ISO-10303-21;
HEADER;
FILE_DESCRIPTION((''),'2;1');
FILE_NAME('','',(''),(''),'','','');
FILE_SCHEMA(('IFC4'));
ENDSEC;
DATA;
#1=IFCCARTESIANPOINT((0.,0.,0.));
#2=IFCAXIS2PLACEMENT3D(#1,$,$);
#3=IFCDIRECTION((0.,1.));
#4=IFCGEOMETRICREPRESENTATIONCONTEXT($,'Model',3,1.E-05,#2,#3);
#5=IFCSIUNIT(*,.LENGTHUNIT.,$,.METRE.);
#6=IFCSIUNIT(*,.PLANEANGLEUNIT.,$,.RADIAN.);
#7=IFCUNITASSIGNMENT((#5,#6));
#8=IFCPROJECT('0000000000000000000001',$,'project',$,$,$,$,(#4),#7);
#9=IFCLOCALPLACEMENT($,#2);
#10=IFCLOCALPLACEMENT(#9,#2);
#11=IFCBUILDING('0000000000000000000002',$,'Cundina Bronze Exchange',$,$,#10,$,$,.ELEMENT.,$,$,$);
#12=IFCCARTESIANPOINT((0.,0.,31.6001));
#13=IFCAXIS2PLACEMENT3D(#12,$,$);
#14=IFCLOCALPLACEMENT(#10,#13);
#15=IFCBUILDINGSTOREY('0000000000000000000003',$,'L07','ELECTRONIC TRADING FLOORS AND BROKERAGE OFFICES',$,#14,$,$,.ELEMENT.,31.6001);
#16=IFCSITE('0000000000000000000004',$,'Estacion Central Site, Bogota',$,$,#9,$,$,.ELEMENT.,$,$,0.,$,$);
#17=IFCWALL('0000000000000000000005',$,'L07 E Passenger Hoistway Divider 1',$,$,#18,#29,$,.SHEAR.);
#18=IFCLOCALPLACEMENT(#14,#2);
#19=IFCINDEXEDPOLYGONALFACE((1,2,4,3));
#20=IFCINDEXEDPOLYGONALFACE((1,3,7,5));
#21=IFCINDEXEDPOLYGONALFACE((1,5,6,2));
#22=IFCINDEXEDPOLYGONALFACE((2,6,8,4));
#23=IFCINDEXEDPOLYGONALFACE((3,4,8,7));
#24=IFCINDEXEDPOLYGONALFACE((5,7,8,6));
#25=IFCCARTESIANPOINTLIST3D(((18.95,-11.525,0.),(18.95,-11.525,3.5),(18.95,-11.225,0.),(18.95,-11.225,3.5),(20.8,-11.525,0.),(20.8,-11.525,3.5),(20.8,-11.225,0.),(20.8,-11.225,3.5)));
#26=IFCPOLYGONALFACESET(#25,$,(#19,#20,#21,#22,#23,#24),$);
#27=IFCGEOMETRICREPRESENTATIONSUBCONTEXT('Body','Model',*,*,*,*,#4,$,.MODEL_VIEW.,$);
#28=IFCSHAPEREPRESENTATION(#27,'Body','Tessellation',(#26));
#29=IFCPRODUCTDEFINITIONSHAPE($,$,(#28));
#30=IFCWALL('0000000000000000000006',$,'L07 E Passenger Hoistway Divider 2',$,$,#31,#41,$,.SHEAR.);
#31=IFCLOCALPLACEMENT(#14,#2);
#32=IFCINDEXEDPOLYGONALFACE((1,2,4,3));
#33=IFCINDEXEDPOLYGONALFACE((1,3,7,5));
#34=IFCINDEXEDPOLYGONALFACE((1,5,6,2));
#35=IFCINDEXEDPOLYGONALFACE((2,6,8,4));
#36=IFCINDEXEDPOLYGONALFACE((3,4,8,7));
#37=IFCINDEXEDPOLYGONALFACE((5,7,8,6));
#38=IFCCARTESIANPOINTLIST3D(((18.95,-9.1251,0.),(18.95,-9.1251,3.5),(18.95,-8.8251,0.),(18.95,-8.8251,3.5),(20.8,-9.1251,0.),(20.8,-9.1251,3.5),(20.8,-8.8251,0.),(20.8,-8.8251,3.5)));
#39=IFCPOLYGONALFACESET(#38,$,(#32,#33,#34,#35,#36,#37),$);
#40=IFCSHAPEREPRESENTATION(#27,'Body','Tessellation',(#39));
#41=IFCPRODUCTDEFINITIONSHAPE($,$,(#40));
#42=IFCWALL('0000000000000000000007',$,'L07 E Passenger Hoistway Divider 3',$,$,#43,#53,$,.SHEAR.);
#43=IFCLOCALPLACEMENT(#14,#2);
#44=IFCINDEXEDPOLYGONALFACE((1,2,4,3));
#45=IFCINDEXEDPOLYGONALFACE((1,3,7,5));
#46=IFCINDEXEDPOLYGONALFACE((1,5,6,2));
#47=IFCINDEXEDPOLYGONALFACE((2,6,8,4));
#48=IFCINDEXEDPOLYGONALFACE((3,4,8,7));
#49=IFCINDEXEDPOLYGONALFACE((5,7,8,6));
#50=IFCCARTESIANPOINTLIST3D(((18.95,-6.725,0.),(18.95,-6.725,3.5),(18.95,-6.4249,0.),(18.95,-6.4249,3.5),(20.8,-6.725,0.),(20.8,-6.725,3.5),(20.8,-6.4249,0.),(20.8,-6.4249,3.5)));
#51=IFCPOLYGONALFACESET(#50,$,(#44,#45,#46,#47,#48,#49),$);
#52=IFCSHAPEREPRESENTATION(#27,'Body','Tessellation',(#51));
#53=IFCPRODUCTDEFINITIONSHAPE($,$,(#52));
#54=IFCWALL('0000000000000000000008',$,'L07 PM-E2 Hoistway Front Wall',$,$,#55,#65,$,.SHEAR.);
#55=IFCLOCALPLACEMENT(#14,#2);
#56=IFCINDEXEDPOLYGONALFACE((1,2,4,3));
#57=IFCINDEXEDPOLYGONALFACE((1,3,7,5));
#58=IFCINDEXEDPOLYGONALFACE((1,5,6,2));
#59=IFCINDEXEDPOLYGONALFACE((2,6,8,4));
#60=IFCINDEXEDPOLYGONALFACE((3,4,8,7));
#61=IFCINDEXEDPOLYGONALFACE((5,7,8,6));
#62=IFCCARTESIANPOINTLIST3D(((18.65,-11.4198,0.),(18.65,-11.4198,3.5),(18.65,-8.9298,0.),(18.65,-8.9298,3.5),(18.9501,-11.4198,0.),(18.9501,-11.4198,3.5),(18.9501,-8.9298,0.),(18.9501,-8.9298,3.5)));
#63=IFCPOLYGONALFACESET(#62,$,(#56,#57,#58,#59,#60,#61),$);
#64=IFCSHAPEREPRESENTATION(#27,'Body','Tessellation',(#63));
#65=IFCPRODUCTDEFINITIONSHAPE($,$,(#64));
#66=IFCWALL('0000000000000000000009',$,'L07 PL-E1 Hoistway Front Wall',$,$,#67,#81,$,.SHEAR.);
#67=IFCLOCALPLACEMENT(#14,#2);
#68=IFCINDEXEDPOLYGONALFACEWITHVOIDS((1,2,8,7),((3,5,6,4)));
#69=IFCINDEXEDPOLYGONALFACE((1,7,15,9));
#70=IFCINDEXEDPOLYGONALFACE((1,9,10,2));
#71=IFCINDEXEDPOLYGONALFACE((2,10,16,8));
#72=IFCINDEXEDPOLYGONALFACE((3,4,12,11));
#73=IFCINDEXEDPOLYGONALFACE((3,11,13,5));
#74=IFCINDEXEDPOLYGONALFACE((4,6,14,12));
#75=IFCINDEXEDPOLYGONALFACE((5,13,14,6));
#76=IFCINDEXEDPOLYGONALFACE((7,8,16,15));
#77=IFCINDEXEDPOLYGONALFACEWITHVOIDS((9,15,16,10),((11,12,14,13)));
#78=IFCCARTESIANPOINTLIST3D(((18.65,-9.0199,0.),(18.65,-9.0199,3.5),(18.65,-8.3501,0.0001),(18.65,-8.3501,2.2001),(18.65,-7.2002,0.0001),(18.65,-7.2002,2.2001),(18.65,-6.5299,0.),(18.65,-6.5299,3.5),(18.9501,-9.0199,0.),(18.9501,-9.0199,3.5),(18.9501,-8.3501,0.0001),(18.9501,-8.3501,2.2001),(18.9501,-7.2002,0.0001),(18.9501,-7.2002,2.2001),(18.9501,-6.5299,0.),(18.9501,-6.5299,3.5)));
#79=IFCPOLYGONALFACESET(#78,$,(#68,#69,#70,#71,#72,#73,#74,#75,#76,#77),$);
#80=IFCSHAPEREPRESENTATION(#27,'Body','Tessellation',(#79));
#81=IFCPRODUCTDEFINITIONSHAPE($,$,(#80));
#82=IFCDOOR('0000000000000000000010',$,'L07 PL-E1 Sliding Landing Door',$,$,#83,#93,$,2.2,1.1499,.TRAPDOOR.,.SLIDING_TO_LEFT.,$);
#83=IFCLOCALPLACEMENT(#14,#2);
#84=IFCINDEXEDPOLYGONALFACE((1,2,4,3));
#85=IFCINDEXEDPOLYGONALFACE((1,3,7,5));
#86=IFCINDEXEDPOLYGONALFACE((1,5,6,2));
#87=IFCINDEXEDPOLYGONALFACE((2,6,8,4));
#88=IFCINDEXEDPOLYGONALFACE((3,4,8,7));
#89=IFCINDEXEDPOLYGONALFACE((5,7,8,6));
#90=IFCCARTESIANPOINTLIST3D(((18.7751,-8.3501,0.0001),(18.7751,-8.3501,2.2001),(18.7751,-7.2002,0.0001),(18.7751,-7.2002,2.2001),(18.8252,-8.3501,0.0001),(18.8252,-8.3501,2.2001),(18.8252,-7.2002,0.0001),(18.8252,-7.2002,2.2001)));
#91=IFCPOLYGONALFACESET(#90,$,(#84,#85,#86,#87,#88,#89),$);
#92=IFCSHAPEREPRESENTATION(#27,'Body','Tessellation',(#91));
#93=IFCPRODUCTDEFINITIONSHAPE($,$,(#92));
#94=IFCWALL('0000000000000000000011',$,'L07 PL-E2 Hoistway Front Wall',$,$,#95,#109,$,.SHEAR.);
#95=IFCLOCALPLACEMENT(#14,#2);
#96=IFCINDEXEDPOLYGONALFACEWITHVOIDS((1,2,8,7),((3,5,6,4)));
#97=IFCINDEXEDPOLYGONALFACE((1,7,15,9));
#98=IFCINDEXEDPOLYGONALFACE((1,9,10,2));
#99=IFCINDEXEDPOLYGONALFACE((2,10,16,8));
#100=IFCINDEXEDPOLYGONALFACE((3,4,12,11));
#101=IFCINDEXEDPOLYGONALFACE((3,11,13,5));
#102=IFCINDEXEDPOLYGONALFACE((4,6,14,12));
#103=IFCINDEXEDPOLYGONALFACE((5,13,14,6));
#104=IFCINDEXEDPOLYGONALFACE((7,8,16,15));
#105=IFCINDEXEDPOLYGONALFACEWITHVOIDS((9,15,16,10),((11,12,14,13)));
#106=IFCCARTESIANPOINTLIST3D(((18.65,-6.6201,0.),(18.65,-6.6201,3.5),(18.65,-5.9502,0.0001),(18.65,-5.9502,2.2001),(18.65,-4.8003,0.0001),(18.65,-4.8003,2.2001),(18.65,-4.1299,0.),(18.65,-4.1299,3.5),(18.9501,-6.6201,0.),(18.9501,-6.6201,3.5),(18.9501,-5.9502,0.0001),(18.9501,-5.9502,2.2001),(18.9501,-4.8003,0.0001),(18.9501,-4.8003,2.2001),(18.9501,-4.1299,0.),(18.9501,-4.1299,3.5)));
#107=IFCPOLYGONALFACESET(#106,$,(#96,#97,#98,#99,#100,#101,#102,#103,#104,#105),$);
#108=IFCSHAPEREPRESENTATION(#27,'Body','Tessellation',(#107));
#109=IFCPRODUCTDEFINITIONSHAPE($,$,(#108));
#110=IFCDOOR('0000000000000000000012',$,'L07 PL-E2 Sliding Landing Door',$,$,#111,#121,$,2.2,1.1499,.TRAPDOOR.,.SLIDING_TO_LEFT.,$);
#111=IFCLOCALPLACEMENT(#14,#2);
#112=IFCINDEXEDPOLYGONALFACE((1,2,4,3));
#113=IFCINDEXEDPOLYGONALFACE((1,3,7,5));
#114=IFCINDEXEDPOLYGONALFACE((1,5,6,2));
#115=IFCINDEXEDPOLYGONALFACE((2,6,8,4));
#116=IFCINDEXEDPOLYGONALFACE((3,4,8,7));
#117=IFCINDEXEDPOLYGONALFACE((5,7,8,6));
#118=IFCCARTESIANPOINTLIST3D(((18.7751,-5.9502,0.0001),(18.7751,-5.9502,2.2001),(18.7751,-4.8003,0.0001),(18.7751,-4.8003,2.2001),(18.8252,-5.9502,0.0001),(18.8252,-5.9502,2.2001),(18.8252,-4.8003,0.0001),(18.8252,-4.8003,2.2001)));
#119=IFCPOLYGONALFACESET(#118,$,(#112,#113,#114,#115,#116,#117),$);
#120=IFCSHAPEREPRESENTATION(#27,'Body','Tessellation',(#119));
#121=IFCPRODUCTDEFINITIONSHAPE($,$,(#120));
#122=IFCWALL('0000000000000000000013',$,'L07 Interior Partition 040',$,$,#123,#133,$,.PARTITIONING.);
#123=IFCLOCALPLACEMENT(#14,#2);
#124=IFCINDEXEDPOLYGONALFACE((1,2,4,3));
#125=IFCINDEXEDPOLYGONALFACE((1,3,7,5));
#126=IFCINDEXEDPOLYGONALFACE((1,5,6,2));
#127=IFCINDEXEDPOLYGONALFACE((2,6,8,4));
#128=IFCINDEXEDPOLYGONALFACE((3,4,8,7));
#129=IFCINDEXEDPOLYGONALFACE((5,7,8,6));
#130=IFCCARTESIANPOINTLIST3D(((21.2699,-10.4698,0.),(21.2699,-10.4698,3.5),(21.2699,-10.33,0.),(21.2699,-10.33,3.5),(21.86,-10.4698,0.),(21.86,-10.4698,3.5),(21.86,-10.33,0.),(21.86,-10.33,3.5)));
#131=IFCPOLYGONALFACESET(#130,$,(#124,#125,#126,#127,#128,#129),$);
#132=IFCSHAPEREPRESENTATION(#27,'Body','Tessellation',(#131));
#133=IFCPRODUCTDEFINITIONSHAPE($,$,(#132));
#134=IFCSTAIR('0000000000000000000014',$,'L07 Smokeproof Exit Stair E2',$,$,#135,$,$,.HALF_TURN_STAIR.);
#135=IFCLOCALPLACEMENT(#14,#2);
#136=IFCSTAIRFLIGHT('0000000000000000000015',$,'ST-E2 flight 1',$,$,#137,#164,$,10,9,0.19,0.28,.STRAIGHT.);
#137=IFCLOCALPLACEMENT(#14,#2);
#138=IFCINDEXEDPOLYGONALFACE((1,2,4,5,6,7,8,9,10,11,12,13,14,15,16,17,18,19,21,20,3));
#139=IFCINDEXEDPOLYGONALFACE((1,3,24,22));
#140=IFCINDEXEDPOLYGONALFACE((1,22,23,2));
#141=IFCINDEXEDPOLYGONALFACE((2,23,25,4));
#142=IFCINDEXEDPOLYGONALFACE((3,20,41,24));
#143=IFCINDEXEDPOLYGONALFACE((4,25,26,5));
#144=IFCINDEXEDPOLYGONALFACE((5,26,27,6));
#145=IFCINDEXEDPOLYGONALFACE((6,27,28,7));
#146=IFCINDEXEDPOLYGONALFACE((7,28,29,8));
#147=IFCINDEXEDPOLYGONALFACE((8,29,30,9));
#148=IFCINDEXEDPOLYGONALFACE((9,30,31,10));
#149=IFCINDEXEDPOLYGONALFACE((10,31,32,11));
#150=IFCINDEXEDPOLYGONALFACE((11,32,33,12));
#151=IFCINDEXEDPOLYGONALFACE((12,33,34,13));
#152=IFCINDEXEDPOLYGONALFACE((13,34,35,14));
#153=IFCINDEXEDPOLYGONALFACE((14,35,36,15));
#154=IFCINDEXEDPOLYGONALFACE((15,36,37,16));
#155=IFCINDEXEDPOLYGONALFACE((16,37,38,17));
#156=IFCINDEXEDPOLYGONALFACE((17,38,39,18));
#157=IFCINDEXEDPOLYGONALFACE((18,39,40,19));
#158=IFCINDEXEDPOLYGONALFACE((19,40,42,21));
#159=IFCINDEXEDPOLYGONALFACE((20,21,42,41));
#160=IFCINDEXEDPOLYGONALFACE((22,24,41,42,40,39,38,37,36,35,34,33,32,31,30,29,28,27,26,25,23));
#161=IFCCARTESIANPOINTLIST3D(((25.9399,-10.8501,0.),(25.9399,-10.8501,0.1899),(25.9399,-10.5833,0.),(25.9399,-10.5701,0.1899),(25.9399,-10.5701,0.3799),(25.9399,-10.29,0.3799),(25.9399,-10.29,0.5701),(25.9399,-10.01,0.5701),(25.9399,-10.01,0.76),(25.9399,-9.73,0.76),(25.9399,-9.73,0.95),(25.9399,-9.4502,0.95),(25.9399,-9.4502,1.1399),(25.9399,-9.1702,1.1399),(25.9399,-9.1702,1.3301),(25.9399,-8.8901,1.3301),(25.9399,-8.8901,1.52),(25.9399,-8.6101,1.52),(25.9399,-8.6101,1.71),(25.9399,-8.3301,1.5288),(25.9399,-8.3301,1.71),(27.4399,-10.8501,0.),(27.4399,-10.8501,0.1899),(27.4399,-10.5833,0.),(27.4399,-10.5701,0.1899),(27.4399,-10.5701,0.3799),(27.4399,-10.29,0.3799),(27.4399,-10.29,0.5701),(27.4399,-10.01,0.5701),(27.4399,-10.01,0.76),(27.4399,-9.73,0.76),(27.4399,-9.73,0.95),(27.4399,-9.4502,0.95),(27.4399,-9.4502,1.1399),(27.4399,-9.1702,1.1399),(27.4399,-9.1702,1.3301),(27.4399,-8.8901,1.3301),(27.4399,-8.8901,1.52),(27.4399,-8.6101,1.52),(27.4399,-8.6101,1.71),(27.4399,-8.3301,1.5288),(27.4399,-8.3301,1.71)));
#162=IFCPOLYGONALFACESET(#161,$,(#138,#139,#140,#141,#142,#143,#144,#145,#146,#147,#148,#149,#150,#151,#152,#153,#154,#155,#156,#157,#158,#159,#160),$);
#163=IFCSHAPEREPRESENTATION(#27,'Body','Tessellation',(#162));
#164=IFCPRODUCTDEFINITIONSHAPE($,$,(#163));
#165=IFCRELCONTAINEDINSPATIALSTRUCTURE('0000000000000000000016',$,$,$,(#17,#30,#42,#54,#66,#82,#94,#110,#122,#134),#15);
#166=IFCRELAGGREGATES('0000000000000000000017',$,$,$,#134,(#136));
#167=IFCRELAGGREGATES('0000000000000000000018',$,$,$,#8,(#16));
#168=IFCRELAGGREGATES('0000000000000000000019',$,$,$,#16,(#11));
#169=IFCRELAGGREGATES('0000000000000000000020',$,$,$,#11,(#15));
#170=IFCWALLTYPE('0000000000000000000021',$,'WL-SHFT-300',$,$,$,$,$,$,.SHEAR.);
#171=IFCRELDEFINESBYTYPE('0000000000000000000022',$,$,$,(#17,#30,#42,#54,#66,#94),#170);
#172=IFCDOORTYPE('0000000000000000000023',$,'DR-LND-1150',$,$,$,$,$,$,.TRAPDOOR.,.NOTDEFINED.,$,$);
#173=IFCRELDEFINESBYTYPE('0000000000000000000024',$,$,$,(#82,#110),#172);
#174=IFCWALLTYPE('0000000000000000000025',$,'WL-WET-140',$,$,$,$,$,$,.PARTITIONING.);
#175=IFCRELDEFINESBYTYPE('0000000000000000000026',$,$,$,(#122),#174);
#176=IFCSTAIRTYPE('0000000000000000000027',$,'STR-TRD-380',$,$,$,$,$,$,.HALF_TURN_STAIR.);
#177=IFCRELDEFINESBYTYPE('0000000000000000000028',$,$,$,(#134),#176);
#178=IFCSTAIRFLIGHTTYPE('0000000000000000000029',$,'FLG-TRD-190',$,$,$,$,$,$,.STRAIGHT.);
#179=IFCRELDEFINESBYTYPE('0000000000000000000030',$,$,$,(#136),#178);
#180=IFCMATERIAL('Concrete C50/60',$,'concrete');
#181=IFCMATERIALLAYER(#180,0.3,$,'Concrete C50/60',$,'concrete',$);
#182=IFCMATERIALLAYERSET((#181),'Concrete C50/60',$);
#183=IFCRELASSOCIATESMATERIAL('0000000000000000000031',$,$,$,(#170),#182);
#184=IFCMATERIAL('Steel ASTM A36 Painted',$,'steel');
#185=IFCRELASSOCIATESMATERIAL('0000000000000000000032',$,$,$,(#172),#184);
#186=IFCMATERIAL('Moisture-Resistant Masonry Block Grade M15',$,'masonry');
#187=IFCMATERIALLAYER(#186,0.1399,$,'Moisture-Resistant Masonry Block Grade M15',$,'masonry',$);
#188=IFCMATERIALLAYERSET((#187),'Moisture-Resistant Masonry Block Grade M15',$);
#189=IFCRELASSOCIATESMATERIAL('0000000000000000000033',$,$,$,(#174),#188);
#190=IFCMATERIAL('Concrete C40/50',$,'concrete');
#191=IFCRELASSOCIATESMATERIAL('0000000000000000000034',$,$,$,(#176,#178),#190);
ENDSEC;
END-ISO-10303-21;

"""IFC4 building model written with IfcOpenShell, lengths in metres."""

from ifc_helpers import new_model, si_unit, direction, frame, frame_2d, origin, place, context, subcontext, project, spatial, polyline, rectangle, outline, extrude, material, layer, layer_set, type_object, element, fill, aggregate, save


model = new_model("IFC4")

# Units and contexts
model_context = context("Model", 3, precision=1e-05, world=origin(), true_north=direction((0.0, 1.0)))
body_context = subcontext(model_context, "Body", "Model", "MODEL_VIEW")
ifc_project = project(units=[si_unit("LENGTHUNIT", "METRE"), si_unit("PLANEANGLEUNIT", "RADIAN")], contexts=[model_context])

# Site, building, storey
site_placement = place(None, origin())
site = spatial("IfcSite", under=ifc_project, at=site_placement, Name="Estacion Central Site, Bogota", CompositionType="ELEMENT", RefElevation=0.0)
building_placement = place(site_placement, origin())
building = spatial("IfcBuilding", under=site, at=building_placement, Name="Cundina Bronze Exchange", CompositionType="ELEMENT")
storey_placement = place(building_placement, frame((0.0, 0.0, 31.6001)))
storey = spatial("IfcBuildingStorey", under=building, at=storey_placement, Name="L07", Description="ELECTRONIC TRADING FLOORS AND BROKERAGE OFFICES", CompositionType="ELEMENT", Elevation=31.6001)

# Shared definitions
ifc_material_1 = material(Name="Concrete C50/60", Category="concrete")
ifc_layer_1 = layer(ifc_material_1, 0.3, Name="Concrete C50/60", Category="concrete")
ifc_layer_set_1 = layer_set([ifc_layer_1], Name="Concrete C50/60")
wall_type_1 = type_object("IfcWallType", Name="WL-SHFT-300", PredefinedType="SHEAR", material=ifc_layer_set_1)

# Shared definitions
ifc_material_2 = material(Name="Steel ASTM A36 Painted", Category="steel")
door_type_1 = type_object("IfcDoorType", Name="DR-LND-1150", OperationType="NOTDEFINED", PredefinedType="TRAPDOOR", material=ifc_material_2)

# Walls
for number, where, z_axis, x_axis, name in (
    (1, (18.95, -11.375, 0.0), (0.0, 0.0, 1.0), (1.0, 0.0, 0.0), "L07 E Passenger Hoistway Divider 1"),
    (2, (18.95, -8.9751, 0.0), (0.0, 0.0, 1.0), (1.0, 0.0, 0.0), "L07 E Passenger Hoistway Divider 2"),
    (3, (18.95, -6.575, 0.0), (0.0, 0.0, 1.0), (1.0, 0.0, 0.0), "L07 E Passenger Hoistway Divider 3"),
):
    element("IfcWall", number, at=place(storey_placement, frame(where, z_axis=z_axis, x_axis=x_axis)), inside=storey, type_object=wall_type_1, Name=name, PredefinedType="SHEAR", context=body_context, shape_type="SweptSolid", body=[
        extrude(rectangle(XDim=1.8501, YDim=0.3, at=frame_2d((0.925, 0.0))), origin(), (0.0, 0.0, 1.0), 3.5),
    ])
wall_1_placement = place(storey_placement, frame((18.8, -11.4199, 0.0), z_axis=(0.0, 0.0, 1.0), x_axis=(0.0, 1.0, 0.0)))
element("IfcWall", 4, at=wall_1_placement, inside=storey, type_object=wall_type_1, Name="L07 PM-E2 Hoistway Front Wall", PredefinedType="SHEAR", context=body_context, shape_type="SweptSolid", body=[
    extrude(rectangle(XDim=2.49, YDim=0.3, at=frame_2d((1.2451, 0.0))), origin(), (0.0, 0.0, 1.0), 3.5),
])

# Walls, openings, doors
wall_2_placement = place(storey_placement, frame((18.8, -9.02, 0.0), z_axis=(0.0, 0.0, 1.0), x_axis=(0.0, 1.0, 0.0)))
wall_2 = element("IfcWall", 5, at=wall_2_placement, inside=storey, type_object=wall_type_1, Name="L07 PL-E1 Hoistway Front Wall", PredefinedType="SHEAR", context=body_context, shape_type="SweptSolid", body=[
    extrude(rectangle(XDim=2.49, YDim=0.3, at=frame_2d((1.2451, 0.0))), origin(), (0.0, 0.0, 1.0), 3.5),
])
opening_1_placement = place(wall_2_placement, frame((0.6699, 0.0, 0.0)))
opening_1 = element("IfcOpeningElement", 6, at=opening_1_placement, cuts=wall_2, PredefinedType="OPENING", context=body_context, shape_type="SweptSolid", body=[
    extrude(rectangle(XDim=1.1499, YDim=2.2, at=frame_2d((0.575, 1.1001))), frame((0.0, 0.1599, 0.0), z_axis=(0.0, -1.0, 0.0), x_axis=(1.0, 0.0, 0.0)), (0.0, 0.0, 1.0), 0.3201),
])
door_1_placement = place(opening_1_placement, origin())
door_1 = element("IfcDoor", 7, at=door_1_placement, inside=storey, type_object=door_type_1, Name="L07 PL-E1 Sliding Landing Door", OperationType="SLIDING_TO_LEFT", OverallHeight=2.2, OverallWidth=1.1499, PredefinedType="TRAPDOOR", context=body_context, shape_type="SweptSolid", body=[
    extrude(rectangle(XDim=1.1499, YDim=2.2, at=frame_2d((0.575, 1.1001))), frame((0.0, 0.0249, 0.0), z_axis=(0.0, -1.0, 0.0), x_axis=(1.0, 0.0, 0.0)), (0.0, 0.0, 1.0), 0.05),
])
fill(opening_1, door_1)
wall_3_placement = place(storey_placement, frame((18.8, -6.6201, 0.0), z_axis=(0.0, 0.0, 1.0), x_axis=(0.0, 1.0, 0.0)))
wall_3 = element("IfcWall", 8, at=wall_3_placement, inside=storey, type_object=wall_type_1, Name="L07 PL-E2 Hoistway Front Wall", PredefinedType="SHEAR", context=body_context, shape_type="SweptSolid", body=[
    extrude(rectangle(XDim=2.4902, YDim=0.3, at=frame_2d((1.2451, 0.0))), origin(), (0.0, 0.0, 1.0), 3.5),
])
opening_2_placement = place(wall_3_placement, frame((0.6699, 0.0, 0.0)))
opening_2 = element("IfcOpeningElement", 9, at=opening_2_placement, cuts=wall_3, PredefinedType="OPENING", context=body_context, shape_type="SweptSolid", body=[
    extrude(rectangle(XDim=1.1499, YDim=2.2, at=frame_2d((0.575, 1.1001))), frame((0.0, 0.1599, 0.0), z_axis=(0.0, -1.0, 0.0), x_axis=(1.0, 0.0, 0.0)), (0.0, 0.0, 1.0), 0.3201),
])
door_2_placement = place(opening_2_placement, origin())
door_2 = element("IfcDoor", 10, at=door_2_placement, inside=storey, type_object=door_type_1, Name="L07 PL-E2 Sliding Landing Door", OperationType="SLIDING_TO_LEFT", OverallHeight=2.2, OverallWidth=1.1499, PredefinedType="TRAPDOOR", context=body_context, shape_type="SweptSolid", body=[
    extrude(rectangle(XDim=1.1499, YDim=2.2, at=frame_2d((0.575, 1.1001))), frame((0.0, 0.0249, 0.0), z_axis=(0.0, -1.0, 0.0), x_axis=(1.0, 0.0, 0.0)), (0.0, 0.0, 1.0), 0.05),
])
fill(opening_2, door_2)

# Wall
ifc_material_3 = material(Name="Moisture-Resistant Masonry Block Grade M15", Category="masonry")
ifc_layer_2 = layer(ifc_material_3, 0.1399, Name="Moisture-Resistant Masonry Block Grade M15", Category="masonry")
ifc_layer_set_2 = layer_set([ifc_layer_2], Name="Moisture-Resistant Masonry Block Grade M15")
wall_type_2 = type_object("IfcWallType", Name="WL-WET-140", PredefinedType="PARTITIONING", material=ifc_layer_set_2)
wall_4_placement = place(storey_placement, frame((21.27, -10.3999, 0.0), z_axis=(0.0, 0.0, 1.0), x_axis=(1.0, 0.0, 0.0)))
element("IfcWall", 11, at=wall_4_placement, inside=storey, type_object=wall_type_2, Name="L07 Interior Partition 040", PredefinedType="PARTITIONING", context=body_context, shape_type="SweptSolid", body=[
    extrude(rectangle(XDim=0.5901, YDim=0.1399, at=frame_2d((0.2949, 0.0))), origin(), (0.0, 0.0, 1.0), 3.5),
])

# Stair, stair flight
ifc_material_4 = material(Name="Concrete C40/50", Category="concrete")
stair_type = type_object("IfcStairType", Name="STR-TRD-380", PredefinedType="HALF_TURN_STAIR", material=ifc_material_4)
stair_placement = place(storey_placement, origin())
stair = element("IfcStair", 12, at=stair_placement, inside=storey, type_object=stair_type, Name="L07 Smokeproof Exit Stair E2", PredefinedType="HALF_TURN_STAIR")
stair_flight_type = type_object("IfcStairFlightType", Name="FLG-TRD-190", PredefinedType="STRAIGHT", material=ifc_material_4)
stair_flight_1_placement = place(storey_placement, frame((26.6899, -10.8501, 0.0), z_axis=(0.0, 0.0, 1.0), x_axis=(0.0, 1.0, 0.0)))
stair_flight_1 = element("IfcStairFlight", 13, at=stair_flight_1_placement, type_object=stair_flight_type, Name="ST-E2 flight 1", NumberOfRisers=10, NumberOfTreads=9, PredefinedType="STRAIGHT", RiserHeight=0.19, TreadLength=0.28, context=body_context, shape_type="SweptSolid", body=[
    extrude(outline(polyline([(0.0, 0.0), (0.0, 0.1899), (0.28, 0.1899), (0.28, 0.3799), (0.5601, 0.3799), (0.5601, 0.5701), (0.8401, 0.5701), (0.8401, 0.76), (1.1201, 0.76), (1.1201, 0.95), (1.3999, 0.95), (1.3999, 1.1399), (1.6799, 1.1399), (1.6799, 1.3301), (1.96, 1.3301), (1.96, 1.52), (2.24, 1.52), (2.24, 1.71), (2.52, 1.71), (2.52, 1.8999), (2.52, 1.5288), (0.2668, 0.0), (0.0, 0.0)])), frame((0.0, 0.75, 0.0), z_axis=(0.0, -1.0, 0.0), x_axis=(1.0, 0.0, 0.0)), (0.0, 0.0, 1.0), 1.5),
])
aggregate(stair, [stair_flight_1])

save(model, "model.ifc")
